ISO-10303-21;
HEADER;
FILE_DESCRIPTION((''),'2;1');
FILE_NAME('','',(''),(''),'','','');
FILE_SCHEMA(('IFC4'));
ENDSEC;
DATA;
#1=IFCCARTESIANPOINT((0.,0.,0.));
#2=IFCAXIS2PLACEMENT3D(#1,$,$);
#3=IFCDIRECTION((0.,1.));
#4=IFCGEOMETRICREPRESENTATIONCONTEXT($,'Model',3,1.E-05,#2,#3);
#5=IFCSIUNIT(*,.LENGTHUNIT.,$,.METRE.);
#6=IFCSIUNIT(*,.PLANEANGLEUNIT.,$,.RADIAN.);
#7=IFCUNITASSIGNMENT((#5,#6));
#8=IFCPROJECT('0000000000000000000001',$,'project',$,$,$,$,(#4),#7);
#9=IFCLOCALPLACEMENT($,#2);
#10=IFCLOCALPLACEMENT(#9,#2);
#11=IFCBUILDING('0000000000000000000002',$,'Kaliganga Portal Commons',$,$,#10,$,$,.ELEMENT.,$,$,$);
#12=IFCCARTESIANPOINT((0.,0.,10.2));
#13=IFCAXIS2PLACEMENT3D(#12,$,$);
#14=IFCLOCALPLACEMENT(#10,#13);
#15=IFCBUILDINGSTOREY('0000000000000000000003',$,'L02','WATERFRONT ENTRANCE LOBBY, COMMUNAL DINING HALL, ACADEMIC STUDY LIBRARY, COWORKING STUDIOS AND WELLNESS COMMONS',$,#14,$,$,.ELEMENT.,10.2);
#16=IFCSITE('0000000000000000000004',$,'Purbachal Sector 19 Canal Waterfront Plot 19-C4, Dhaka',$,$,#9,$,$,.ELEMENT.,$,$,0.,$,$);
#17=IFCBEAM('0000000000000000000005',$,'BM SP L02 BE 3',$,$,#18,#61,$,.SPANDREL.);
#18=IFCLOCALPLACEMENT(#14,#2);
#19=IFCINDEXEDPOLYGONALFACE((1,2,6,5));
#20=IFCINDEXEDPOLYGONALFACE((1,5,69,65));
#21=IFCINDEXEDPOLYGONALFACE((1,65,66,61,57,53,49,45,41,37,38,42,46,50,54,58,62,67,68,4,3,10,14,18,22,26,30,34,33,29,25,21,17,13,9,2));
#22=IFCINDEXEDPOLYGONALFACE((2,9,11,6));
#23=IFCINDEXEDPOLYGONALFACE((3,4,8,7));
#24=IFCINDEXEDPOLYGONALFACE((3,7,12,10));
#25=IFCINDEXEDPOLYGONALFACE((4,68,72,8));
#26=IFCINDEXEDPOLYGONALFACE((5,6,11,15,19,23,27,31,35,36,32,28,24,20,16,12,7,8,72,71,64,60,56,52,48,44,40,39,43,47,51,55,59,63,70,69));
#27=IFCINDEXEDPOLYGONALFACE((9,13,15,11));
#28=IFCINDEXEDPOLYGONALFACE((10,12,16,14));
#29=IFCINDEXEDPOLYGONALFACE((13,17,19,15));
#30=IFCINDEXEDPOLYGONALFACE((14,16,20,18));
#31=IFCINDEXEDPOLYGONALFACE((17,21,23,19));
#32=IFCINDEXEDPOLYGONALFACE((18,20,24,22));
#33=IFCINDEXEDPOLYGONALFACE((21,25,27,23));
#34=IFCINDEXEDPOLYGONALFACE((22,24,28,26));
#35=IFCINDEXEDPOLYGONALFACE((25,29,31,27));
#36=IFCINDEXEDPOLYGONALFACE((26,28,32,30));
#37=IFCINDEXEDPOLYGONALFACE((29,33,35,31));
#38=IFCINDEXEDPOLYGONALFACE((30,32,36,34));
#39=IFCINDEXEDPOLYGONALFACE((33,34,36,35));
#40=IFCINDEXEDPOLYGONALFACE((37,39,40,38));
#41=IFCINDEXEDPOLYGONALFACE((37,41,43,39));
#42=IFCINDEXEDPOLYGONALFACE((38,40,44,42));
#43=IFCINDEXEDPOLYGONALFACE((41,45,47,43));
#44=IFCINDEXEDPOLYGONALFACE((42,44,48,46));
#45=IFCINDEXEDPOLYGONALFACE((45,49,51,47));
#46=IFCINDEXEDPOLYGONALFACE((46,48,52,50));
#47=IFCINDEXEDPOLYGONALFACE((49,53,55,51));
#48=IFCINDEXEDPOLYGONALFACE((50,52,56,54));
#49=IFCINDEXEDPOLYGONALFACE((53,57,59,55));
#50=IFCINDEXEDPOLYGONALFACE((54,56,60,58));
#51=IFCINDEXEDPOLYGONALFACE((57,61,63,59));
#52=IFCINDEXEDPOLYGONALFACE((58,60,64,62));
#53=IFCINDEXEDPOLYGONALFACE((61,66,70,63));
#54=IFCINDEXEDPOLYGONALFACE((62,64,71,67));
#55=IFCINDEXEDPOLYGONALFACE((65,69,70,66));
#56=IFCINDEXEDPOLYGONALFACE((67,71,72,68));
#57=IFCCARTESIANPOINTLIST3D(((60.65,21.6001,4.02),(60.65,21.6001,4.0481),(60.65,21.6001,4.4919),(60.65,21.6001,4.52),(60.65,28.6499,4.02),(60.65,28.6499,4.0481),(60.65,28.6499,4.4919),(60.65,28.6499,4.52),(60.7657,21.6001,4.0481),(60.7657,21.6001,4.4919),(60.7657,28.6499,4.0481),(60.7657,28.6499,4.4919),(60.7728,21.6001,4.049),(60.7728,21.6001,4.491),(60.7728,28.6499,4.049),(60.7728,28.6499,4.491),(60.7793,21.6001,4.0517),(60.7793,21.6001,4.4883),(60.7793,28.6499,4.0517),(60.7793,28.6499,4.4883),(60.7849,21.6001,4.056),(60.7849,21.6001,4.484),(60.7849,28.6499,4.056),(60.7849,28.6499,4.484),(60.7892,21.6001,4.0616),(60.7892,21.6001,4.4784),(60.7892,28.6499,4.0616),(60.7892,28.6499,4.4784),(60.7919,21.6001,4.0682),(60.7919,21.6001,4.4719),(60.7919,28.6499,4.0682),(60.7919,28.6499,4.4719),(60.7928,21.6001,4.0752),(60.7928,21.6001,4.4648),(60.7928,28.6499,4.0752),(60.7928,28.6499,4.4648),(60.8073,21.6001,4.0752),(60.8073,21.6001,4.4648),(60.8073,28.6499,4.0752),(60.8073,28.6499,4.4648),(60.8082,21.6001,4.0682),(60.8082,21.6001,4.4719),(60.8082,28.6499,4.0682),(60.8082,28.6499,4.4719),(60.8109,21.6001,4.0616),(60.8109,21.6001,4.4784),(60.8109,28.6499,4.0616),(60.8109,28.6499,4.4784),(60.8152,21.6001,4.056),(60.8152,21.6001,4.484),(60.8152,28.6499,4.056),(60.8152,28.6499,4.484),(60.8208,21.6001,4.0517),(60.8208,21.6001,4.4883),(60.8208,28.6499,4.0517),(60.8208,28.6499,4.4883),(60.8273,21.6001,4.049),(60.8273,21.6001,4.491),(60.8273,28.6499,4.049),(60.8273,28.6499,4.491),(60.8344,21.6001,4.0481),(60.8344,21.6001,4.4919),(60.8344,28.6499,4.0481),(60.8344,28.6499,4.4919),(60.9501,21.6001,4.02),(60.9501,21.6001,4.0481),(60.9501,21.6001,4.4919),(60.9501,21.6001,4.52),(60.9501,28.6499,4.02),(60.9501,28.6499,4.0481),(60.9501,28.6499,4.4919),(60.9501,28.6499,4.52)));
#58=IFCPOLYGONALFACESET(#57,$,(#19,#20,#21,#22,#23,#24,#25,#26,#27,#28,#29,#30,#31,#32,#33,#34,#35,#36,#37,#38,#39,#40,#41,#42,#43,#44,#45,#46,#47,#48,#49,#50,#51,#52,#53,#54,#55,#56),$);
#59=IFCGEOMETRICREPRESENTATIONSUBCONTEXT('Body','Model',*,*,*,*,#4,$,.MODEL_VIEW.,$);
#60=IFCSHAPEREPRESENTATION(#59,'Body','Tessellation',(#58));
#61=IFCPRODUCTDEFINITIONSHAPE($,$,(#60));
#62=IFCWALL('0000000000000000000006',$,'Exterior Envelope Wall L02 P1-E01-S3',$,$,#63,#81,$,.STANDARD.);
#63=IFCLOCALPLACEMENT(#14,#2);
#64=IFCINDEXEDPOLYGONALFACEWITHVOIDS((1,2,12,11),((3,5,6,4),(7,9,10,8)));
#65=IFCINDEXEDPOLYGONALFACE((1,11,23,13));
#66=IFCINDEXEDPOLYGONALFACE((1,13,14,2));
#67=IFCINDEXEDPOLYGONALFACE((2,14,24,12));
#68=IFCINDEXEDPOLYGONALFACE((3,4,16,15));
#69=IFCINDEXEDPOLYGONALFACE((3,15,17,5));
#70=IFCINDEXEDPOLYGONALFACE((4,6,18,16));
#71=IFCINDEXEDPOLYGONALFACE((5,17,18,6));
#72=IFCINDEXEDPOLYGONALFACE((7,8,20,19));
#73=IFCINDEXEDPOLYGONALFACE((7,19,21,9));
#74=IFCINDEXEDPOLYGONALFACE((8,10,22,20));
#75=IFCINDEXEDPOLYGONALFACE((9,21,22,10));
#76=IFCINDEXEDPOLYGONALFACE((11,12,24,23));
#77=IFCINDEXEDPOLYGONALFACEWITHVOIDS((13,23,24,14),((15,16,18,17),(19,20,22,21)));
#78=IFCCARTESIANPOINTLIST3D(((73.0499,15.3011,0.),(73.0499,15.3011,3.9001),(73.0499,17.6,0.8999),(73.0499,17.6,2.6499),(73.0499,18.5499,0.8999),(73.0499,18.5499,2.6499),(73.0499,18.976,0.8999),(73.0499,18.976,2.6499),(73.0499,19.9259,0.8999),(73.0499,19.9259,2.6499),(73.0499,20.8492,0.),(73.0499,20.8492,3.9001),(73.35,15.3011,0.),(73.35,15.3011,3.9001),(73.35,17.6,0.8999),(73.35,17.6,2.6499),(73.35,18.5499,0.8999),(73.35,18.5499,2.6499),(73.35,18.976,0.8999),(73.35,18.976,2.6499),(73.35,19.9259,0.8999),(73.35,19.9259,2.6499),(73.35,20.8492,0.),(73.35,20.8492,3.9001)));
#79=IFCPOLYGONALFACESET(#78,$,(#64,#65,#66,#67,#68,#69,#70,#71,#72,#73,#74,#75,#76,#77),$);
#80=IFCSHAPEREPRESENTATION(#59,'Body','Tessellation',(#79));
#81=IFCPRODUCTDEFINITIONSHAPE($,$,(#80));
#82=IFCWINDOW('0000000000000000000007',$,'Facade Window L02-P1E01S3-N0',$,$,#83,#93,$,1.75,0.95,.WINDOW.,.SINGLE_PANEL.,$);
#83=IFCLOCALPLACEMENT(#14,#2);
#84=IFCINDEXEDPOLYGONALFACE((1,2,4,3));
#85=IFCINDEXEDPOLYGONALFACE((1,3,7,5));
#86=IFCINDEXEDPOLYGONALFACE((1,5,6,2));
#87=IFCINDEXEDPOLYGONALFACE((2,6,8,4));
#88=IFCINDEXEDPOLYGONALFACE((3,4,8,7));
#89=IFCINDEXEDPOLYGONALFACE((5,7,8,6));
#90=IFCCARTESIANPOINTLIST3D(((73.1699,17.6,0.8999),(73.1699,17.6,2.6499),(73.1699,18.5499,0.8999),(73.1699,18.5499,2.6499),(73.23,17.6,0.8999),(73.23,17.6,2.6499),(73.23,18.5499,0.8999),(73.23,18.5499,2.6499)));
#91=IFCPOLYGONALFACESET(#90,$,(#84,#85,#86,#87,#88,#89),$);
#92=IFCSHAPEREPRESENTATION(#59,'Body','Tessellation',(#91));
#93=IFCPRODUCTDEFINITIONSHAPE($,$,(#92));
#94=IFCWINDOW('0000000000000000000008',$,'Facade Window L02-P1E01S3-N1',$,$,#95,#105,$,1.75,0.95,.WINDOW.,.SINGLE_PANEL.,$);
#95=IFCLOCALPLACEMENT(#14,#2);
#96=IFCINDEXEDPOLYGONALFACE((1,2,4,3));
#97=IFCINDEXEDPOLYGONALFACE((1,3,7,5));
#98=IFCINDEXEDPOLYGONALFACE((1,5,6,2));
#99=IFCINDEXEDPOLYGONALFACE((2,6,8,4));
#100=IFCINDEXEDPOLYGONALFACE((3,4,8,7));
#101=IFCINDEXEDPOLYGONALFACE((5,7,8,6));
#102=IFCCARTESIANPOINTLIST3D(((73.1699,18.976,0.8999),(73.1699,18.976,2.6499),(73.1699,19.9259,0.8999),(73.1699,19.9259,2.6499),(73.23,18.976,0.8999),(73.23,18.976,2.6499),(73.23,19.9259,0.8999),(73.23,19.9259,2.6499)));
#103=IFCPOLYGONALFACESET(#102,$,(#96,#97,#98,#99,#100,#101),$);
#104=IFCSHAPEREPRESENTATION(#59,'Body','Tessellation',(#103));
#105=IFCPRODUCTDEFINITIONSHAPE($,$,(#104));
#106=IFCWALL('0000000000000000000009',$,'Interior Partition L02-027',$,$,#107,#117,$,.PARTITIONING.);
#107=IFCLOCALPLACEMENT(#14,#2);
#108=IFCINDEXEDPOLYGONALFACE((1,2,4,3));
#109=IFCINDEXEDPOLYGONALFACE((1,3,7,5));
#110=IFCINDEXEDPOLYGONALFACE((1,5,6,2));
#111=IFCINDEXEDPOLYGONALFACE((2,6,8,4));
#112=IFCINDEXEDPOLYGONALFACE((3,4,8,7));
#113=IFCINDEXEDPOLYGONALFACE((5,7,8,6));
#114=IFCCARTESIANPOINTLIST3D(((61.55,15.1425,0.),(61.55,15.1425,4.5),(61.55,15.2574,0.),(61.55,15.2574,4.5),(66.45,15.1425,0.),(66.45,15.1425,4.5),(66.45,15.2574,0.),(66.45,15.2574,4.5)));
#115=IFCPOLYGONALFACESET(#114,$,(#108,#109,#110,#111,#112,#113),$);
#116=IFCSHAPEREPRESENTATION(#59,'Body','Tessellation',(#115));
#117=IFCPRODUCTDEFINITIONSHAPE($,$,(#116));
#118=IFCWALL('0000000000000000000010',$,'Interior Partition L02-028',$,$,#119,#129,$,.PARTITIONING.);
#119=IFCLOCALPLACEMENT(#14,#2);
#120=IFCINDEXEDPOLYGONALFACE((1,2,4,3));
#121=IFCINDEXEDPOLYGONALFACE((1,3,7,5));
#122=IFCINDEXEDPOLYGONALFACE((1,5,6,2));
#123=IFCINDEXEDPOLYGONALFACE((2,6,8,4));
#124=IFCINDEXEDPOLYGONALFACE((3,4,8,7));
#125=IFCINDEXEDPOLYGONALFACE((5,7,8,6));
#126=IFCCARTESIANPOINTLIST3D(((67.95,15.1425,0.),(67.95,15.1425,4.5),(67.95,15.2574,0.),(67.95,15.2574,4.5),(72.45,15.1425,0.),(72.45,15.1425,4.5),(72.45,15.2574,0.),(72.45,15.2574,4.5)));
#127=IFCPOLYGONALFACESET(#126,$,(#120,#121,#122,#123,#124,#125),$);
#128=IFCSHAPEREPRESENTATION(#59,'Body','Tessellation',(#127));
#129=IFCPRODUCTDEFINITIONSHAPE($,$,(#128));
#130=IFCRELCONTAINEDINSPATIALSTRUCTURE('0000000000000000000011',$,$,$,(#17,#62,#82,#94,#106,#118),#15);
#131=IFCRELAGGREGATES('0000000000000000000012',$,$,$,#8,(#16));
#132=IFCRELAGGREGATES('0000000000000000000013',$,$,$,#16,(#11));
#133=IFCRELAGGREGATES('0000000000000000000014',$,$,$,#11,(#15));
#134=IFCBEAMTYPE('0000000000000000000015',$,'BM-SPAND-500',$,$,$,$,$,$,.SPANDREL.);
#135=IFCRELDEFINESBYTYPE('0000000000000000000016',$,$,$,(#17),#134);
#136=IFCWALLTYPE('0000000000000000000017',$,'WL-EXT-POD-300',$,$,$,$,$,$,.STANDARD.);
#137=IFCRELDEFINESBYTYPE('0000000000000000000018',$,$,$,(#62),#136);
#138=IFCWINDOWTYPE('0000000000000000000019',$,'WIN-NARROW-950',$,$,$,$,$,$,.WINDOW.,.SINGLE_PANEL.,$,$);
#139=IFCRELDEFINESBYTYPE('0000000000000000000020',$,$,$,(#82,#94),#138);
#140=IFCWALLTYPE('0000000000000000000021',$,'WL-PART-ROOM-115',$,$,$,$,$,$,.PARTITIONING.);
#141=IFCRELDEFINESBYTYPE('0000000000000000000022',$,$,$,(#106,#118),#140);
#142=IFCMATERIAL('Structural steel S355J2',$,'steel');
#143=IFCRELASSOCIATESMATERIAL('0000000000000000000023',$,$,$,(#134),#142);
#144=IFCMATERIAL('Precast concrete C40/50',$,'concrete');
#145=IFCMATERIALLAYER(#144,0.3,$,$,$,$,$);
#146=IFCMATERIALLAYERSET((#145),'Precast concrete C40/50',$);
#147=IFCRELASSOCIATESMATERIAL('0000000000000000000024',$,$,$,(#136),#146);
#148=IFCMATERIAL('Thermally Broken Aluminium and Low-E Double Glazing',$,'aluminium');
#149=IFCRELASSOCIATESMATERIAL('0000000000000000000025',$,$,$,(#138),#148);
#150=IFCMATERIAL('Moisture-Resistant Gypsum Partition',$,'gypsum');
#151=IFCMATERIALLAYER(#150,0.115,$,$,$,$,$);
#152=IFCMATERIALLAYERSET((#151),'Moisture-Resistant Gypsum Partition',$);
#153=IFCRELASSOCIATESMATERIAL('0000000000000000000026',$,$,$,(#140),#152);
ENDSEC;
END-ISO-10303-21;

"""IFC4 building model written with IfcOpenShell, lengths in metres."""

from ifc_helpers import new_model, si_unit, direction, frame, frame_2d, origin, origin_2d, place, context, subcontext, project, spatial, rectangle, i_section, extrude, source, transform, mapped, material, layer, layer_set, material_profile, profile_set, type_object, element, fill, save


model = new_model("IFC4")

# Units and contexts
model_context = context("Model", 3, precision=1e-05, world=origin(), true_north=direction((0.0, 1.0)))
body_context = subcontext(model_context, "Body", "Model", "MODEL_VIEW")
ifc_project = project(units=[si_unit("LENGTHUNIT", "METRE"), si_unit("PLANEANGLEUNIT", "RADIAN")], contexts=[model_context])

# Site, building, storey
site_placement = place(None, origin())
site = spatial("IfcSite", under=ifc_project, at=site_placement, Name="Purbachal Sector 19 Canal Waterfront Plot 19-C4, Dhaka", CompositionType="ELEMENT", RefElevation=0.0)
building_placement = place(site_placement, origin())
building = spatial("IfcBuilding", under=site, at=building_placement, Name="Kaliganga Portal Commons", CompositionType="ELEMENT")
storey_placement = place(building_placement, frame((0.0, 0.0, 10.2)))
storey = spatial("IfcBuildingStorey", under=building, at=storey_placement, Name="L02", Description="WATERFRONT ENTRANCE LOBBY, COMMUNAL DINING HALL, ACADEMIC STUDY LIBRARY, COWORKING STUDIOS AND WELLNESS COMMONS", CompositionType="ELEMENT", Elevation=10.2)

# Beam
ifc_material_1 = material(Name="Structural steel S355J2", Category="steel")
ifc_material_profile_1 = material_profile(ifc_material_1, i_section(OverallWidth=0.3, OverallDepth=0.5, WebThickness=0.0144, FlangeThickness=0.0281, FilletRadius=0.0271, at=origin_2d()), Name="HE 500 B")
ifc_profile_set_1 = profile_set([ifc_material_profile_1], Name="Structural steel S355J2 wide-flange")
beam_type_1 = type_object("IfcBeamType", Name="BM-SPAND-500", PredefinedType="SPANDREL", material=ifc_profile_set_1)
shared_shape_1 = source(origin(), body_context, "Body", "SweptSolid", [
    extrude(i_section(OverallWidth=0.3, OverallDepth=0.5, WebThickness=0.0144, FlangeThickness=0.0281, FilletRadius=0.0271, at=origin_2d()), origin(), (0.0, 0.0, 1.0), 7.0498),
])
beam_1_placement = place(storey_placement, frame((60.8, 21.6001, 4.27), z_axis=(0.0, 1.0, 0.0), x_axis=(-1.0, 0.0, 0.0)))
element("IfcBeam", 1, at=beam_1_placement, inside=storey, type_object=beam_type_1, Name="BM SP L02 BE 3", PredefinedType="SPANDREL", context=body_context, shape_type="MappedRepresentation", body=[
    mapped(shared_shape_1, transform((0.0, 0.0, 0.0), x_axis=(1.0, 0.0, 0.0), y_axis=(0.0, 1.0, 0.0), z_axis=(0.0, 0.0, 1.0), scale=1.0)),
])

# Wall, openings, windows
ifc_material_2 = material(Name="Precast concrete C40/50", Category="concrete")
ifc_layer_1 = layer(ifc_material_2, 0.3)
ifc_layer_set_1 = layer_set([ifc_layer_1], Name="Precast concrete C40/50")
wall_type_1 = type_object("IfcWallType", Name="WL-EXT-POD-300", PredefinedType="STANDARD", material=ifc_layer_set_1)
wall_1_placement = place(storey_placement, frame((73.2, 20.8491, 0.0), z_axis=(0.0, 0.0, 1.0), x_axis=(0.0, -1.0, 0.0)))
wall_1 = element("IfcWall", 2, at=wall_1_placement, inside=storey, type_object=wall_type_1, Name="Exterior Envelope Wall L02 P1-E01-S3", PredefinedType="STANDARD", context=body_context, shape_type="SweptSolid", body=[
    extrude(rectangle(XDim=5.5481, YDim=0.3, at=frame_2d((2.7739, 0.0))), origin(), (0.0, 0.0, 1.0), 3.9001),
])
opening_1_placement = place(wall_1_placement, frame((2.2991, 0.0, 0.8999)))
opening_1 = element("IfcOpeningElement", 3, at=opening_1_placement, cuts=wall_1, PredefinedType="OPENING", context=body_context, shape_type="SweptSolid", body=[
    extrude(rectangle(XDim=0.95, YDim=1.75, at=frame_2d((0.4751, 0.875))), frame((0.0, 0.1602, 0.0), z_axis=(0.0, -1.0, 0.0), x_axis=(1.0, 0.0, 0.0)), (0.0, 0.0, 1.0), 0.3201),
])
opening_2_placement = place(wall_1_placement, frame((0.9231, 0.0, 0.8999)))
opening_2 = element("IfcOpeningElement", 4, at=opening_2_placement, cuts=wall_1, PredefinedType="OPENING", context=body_context, shape_type="SweptSolid", body=[
    extrude(rectangle(XDim=0.95, YDim=1.75, at=frame_2d((0.4751, 0.875))), frame((0.0, 0.1602, 0.0), z_axis=(0.0, -1.0, 0.0), x_axis=(1.0, 0.0, 0.0)), (0.0, 0.0, 1.0), 0.3201),
])
ifc_material_3 = material(Name="Thermally Broken Aluminium and Low-E Double Glazing", Category="aluminium")
window_type = type_object("IfcWindowType", Name="WIN-NARROW-950", PartitioningType="SINGLE_PANEL", PredefinedType="WINDOW", material=ifc_material_3)
window_1_placement = place(opening_1_placement, origin())
window_1 = element("IfcWindow", 5, at=window_1_placement, inside=storey, type_object=window_type, Name="Facade Window L02-P1E01S3-N0", OverallHeight=1.75, OverallWidth=0.95, PartitioningType="SINGLE_PANEL", PredefinedType="WINDOW", context=body_context, shape_type="SweptSolid", body=[
    extrude(rectangle(XDim=0.95, YDim=1.75, at=frame_2d((0.4751, 0.875))), frame((0.0, 0.03, 0.0), z_axis=(0.0, -1.0, 0.0), x_axis=(1.0, 0.0, 0.0)), (0.0, 0.0, 1.0), 0.0601),
])
fill(opening_1, window_1)
window_2_placement = place(opening_2_placement, origin())
window_2 = element("IfcWindow", 6, at=window_2_placement, inside=storey, type_object=window_type, Name="Facade Window L02-P1E01S3-N1", OverallHeight=1.75, OverallWidth=0.95, PartitioningType="SINGLE_PANEL", PredefinedType="WINDOW", context=body_context, shape_type="SweptSolid", body=[
    extrude(rectangle(XDim=0.95, YDim=1.75, at=frame_2d((0.4751, 0.875))), frame((0.0, 0.03, 0.0), z_axis=(0.0, -1.0, 0.0), x_axis=(1.0, 0.0, 0.0)), (0.0, 0.0, 1.0), 0.0601),
])
fill(opening_2, window_2)

# Walls
ifc_material_4 = material(Name="Moisture-Resistant Gypsum Partition", Category="gypsum")
ifc_layer_2 = layer(ifc_material_4, 0.115)
ifc_layer_set_2 = layer_set([ifc_layer_2], Name="Moisture-Resistant Gypsum Partition")
wall_type_2 = type_object("IfcWallType", Name="WL-PART-ROOM-115", PredefinedType="PARTITIONING", material=ifc_layer_set_2)
wall_2_placement = place(storey_placement, frame((61.55, 15.2, 0.0), z_axis=(0.0, 0.0, 1.0), x_axis=(1.0, 0.0, 0.0)))
element("IfcWall", 7, at=wall_2_placement, inside=storey, type_object=wall_type_2, Name="Interior Partition L02-027", PredefinedType="PARTITIONING", context=body_context, shape_type="SweptSolid", body=[
    extrude(rectangle(XDim=4.8999, YDim=0.115, at=frame_2d((2.45, 0.0))), origin(), (0.0, 0.0, 1.0), 4.5),
])
wall_3_placement = place(storey_placement, frame((67.95, 15.2, 0.0), z_axis=(0.0, 0.0, 1.0), x_axis=(1.0, 0.0, 0.0)))
element("IfcWall", 8, at=wall_3_placement, inside=storey, type_object=wall_type_2, Name="Interior Partition L02-028", PredefinedType="PARTITIONING", context=body_context, shape_type="SweptSolid", body=[
    extrude(rectangle(XDim=4.5, YDim=0.115, at=frame_2d((2.25, 0.0))), origin(), (0.0, 0.0, 1.0), 4.5),
])

save(model, "model.ifc")
